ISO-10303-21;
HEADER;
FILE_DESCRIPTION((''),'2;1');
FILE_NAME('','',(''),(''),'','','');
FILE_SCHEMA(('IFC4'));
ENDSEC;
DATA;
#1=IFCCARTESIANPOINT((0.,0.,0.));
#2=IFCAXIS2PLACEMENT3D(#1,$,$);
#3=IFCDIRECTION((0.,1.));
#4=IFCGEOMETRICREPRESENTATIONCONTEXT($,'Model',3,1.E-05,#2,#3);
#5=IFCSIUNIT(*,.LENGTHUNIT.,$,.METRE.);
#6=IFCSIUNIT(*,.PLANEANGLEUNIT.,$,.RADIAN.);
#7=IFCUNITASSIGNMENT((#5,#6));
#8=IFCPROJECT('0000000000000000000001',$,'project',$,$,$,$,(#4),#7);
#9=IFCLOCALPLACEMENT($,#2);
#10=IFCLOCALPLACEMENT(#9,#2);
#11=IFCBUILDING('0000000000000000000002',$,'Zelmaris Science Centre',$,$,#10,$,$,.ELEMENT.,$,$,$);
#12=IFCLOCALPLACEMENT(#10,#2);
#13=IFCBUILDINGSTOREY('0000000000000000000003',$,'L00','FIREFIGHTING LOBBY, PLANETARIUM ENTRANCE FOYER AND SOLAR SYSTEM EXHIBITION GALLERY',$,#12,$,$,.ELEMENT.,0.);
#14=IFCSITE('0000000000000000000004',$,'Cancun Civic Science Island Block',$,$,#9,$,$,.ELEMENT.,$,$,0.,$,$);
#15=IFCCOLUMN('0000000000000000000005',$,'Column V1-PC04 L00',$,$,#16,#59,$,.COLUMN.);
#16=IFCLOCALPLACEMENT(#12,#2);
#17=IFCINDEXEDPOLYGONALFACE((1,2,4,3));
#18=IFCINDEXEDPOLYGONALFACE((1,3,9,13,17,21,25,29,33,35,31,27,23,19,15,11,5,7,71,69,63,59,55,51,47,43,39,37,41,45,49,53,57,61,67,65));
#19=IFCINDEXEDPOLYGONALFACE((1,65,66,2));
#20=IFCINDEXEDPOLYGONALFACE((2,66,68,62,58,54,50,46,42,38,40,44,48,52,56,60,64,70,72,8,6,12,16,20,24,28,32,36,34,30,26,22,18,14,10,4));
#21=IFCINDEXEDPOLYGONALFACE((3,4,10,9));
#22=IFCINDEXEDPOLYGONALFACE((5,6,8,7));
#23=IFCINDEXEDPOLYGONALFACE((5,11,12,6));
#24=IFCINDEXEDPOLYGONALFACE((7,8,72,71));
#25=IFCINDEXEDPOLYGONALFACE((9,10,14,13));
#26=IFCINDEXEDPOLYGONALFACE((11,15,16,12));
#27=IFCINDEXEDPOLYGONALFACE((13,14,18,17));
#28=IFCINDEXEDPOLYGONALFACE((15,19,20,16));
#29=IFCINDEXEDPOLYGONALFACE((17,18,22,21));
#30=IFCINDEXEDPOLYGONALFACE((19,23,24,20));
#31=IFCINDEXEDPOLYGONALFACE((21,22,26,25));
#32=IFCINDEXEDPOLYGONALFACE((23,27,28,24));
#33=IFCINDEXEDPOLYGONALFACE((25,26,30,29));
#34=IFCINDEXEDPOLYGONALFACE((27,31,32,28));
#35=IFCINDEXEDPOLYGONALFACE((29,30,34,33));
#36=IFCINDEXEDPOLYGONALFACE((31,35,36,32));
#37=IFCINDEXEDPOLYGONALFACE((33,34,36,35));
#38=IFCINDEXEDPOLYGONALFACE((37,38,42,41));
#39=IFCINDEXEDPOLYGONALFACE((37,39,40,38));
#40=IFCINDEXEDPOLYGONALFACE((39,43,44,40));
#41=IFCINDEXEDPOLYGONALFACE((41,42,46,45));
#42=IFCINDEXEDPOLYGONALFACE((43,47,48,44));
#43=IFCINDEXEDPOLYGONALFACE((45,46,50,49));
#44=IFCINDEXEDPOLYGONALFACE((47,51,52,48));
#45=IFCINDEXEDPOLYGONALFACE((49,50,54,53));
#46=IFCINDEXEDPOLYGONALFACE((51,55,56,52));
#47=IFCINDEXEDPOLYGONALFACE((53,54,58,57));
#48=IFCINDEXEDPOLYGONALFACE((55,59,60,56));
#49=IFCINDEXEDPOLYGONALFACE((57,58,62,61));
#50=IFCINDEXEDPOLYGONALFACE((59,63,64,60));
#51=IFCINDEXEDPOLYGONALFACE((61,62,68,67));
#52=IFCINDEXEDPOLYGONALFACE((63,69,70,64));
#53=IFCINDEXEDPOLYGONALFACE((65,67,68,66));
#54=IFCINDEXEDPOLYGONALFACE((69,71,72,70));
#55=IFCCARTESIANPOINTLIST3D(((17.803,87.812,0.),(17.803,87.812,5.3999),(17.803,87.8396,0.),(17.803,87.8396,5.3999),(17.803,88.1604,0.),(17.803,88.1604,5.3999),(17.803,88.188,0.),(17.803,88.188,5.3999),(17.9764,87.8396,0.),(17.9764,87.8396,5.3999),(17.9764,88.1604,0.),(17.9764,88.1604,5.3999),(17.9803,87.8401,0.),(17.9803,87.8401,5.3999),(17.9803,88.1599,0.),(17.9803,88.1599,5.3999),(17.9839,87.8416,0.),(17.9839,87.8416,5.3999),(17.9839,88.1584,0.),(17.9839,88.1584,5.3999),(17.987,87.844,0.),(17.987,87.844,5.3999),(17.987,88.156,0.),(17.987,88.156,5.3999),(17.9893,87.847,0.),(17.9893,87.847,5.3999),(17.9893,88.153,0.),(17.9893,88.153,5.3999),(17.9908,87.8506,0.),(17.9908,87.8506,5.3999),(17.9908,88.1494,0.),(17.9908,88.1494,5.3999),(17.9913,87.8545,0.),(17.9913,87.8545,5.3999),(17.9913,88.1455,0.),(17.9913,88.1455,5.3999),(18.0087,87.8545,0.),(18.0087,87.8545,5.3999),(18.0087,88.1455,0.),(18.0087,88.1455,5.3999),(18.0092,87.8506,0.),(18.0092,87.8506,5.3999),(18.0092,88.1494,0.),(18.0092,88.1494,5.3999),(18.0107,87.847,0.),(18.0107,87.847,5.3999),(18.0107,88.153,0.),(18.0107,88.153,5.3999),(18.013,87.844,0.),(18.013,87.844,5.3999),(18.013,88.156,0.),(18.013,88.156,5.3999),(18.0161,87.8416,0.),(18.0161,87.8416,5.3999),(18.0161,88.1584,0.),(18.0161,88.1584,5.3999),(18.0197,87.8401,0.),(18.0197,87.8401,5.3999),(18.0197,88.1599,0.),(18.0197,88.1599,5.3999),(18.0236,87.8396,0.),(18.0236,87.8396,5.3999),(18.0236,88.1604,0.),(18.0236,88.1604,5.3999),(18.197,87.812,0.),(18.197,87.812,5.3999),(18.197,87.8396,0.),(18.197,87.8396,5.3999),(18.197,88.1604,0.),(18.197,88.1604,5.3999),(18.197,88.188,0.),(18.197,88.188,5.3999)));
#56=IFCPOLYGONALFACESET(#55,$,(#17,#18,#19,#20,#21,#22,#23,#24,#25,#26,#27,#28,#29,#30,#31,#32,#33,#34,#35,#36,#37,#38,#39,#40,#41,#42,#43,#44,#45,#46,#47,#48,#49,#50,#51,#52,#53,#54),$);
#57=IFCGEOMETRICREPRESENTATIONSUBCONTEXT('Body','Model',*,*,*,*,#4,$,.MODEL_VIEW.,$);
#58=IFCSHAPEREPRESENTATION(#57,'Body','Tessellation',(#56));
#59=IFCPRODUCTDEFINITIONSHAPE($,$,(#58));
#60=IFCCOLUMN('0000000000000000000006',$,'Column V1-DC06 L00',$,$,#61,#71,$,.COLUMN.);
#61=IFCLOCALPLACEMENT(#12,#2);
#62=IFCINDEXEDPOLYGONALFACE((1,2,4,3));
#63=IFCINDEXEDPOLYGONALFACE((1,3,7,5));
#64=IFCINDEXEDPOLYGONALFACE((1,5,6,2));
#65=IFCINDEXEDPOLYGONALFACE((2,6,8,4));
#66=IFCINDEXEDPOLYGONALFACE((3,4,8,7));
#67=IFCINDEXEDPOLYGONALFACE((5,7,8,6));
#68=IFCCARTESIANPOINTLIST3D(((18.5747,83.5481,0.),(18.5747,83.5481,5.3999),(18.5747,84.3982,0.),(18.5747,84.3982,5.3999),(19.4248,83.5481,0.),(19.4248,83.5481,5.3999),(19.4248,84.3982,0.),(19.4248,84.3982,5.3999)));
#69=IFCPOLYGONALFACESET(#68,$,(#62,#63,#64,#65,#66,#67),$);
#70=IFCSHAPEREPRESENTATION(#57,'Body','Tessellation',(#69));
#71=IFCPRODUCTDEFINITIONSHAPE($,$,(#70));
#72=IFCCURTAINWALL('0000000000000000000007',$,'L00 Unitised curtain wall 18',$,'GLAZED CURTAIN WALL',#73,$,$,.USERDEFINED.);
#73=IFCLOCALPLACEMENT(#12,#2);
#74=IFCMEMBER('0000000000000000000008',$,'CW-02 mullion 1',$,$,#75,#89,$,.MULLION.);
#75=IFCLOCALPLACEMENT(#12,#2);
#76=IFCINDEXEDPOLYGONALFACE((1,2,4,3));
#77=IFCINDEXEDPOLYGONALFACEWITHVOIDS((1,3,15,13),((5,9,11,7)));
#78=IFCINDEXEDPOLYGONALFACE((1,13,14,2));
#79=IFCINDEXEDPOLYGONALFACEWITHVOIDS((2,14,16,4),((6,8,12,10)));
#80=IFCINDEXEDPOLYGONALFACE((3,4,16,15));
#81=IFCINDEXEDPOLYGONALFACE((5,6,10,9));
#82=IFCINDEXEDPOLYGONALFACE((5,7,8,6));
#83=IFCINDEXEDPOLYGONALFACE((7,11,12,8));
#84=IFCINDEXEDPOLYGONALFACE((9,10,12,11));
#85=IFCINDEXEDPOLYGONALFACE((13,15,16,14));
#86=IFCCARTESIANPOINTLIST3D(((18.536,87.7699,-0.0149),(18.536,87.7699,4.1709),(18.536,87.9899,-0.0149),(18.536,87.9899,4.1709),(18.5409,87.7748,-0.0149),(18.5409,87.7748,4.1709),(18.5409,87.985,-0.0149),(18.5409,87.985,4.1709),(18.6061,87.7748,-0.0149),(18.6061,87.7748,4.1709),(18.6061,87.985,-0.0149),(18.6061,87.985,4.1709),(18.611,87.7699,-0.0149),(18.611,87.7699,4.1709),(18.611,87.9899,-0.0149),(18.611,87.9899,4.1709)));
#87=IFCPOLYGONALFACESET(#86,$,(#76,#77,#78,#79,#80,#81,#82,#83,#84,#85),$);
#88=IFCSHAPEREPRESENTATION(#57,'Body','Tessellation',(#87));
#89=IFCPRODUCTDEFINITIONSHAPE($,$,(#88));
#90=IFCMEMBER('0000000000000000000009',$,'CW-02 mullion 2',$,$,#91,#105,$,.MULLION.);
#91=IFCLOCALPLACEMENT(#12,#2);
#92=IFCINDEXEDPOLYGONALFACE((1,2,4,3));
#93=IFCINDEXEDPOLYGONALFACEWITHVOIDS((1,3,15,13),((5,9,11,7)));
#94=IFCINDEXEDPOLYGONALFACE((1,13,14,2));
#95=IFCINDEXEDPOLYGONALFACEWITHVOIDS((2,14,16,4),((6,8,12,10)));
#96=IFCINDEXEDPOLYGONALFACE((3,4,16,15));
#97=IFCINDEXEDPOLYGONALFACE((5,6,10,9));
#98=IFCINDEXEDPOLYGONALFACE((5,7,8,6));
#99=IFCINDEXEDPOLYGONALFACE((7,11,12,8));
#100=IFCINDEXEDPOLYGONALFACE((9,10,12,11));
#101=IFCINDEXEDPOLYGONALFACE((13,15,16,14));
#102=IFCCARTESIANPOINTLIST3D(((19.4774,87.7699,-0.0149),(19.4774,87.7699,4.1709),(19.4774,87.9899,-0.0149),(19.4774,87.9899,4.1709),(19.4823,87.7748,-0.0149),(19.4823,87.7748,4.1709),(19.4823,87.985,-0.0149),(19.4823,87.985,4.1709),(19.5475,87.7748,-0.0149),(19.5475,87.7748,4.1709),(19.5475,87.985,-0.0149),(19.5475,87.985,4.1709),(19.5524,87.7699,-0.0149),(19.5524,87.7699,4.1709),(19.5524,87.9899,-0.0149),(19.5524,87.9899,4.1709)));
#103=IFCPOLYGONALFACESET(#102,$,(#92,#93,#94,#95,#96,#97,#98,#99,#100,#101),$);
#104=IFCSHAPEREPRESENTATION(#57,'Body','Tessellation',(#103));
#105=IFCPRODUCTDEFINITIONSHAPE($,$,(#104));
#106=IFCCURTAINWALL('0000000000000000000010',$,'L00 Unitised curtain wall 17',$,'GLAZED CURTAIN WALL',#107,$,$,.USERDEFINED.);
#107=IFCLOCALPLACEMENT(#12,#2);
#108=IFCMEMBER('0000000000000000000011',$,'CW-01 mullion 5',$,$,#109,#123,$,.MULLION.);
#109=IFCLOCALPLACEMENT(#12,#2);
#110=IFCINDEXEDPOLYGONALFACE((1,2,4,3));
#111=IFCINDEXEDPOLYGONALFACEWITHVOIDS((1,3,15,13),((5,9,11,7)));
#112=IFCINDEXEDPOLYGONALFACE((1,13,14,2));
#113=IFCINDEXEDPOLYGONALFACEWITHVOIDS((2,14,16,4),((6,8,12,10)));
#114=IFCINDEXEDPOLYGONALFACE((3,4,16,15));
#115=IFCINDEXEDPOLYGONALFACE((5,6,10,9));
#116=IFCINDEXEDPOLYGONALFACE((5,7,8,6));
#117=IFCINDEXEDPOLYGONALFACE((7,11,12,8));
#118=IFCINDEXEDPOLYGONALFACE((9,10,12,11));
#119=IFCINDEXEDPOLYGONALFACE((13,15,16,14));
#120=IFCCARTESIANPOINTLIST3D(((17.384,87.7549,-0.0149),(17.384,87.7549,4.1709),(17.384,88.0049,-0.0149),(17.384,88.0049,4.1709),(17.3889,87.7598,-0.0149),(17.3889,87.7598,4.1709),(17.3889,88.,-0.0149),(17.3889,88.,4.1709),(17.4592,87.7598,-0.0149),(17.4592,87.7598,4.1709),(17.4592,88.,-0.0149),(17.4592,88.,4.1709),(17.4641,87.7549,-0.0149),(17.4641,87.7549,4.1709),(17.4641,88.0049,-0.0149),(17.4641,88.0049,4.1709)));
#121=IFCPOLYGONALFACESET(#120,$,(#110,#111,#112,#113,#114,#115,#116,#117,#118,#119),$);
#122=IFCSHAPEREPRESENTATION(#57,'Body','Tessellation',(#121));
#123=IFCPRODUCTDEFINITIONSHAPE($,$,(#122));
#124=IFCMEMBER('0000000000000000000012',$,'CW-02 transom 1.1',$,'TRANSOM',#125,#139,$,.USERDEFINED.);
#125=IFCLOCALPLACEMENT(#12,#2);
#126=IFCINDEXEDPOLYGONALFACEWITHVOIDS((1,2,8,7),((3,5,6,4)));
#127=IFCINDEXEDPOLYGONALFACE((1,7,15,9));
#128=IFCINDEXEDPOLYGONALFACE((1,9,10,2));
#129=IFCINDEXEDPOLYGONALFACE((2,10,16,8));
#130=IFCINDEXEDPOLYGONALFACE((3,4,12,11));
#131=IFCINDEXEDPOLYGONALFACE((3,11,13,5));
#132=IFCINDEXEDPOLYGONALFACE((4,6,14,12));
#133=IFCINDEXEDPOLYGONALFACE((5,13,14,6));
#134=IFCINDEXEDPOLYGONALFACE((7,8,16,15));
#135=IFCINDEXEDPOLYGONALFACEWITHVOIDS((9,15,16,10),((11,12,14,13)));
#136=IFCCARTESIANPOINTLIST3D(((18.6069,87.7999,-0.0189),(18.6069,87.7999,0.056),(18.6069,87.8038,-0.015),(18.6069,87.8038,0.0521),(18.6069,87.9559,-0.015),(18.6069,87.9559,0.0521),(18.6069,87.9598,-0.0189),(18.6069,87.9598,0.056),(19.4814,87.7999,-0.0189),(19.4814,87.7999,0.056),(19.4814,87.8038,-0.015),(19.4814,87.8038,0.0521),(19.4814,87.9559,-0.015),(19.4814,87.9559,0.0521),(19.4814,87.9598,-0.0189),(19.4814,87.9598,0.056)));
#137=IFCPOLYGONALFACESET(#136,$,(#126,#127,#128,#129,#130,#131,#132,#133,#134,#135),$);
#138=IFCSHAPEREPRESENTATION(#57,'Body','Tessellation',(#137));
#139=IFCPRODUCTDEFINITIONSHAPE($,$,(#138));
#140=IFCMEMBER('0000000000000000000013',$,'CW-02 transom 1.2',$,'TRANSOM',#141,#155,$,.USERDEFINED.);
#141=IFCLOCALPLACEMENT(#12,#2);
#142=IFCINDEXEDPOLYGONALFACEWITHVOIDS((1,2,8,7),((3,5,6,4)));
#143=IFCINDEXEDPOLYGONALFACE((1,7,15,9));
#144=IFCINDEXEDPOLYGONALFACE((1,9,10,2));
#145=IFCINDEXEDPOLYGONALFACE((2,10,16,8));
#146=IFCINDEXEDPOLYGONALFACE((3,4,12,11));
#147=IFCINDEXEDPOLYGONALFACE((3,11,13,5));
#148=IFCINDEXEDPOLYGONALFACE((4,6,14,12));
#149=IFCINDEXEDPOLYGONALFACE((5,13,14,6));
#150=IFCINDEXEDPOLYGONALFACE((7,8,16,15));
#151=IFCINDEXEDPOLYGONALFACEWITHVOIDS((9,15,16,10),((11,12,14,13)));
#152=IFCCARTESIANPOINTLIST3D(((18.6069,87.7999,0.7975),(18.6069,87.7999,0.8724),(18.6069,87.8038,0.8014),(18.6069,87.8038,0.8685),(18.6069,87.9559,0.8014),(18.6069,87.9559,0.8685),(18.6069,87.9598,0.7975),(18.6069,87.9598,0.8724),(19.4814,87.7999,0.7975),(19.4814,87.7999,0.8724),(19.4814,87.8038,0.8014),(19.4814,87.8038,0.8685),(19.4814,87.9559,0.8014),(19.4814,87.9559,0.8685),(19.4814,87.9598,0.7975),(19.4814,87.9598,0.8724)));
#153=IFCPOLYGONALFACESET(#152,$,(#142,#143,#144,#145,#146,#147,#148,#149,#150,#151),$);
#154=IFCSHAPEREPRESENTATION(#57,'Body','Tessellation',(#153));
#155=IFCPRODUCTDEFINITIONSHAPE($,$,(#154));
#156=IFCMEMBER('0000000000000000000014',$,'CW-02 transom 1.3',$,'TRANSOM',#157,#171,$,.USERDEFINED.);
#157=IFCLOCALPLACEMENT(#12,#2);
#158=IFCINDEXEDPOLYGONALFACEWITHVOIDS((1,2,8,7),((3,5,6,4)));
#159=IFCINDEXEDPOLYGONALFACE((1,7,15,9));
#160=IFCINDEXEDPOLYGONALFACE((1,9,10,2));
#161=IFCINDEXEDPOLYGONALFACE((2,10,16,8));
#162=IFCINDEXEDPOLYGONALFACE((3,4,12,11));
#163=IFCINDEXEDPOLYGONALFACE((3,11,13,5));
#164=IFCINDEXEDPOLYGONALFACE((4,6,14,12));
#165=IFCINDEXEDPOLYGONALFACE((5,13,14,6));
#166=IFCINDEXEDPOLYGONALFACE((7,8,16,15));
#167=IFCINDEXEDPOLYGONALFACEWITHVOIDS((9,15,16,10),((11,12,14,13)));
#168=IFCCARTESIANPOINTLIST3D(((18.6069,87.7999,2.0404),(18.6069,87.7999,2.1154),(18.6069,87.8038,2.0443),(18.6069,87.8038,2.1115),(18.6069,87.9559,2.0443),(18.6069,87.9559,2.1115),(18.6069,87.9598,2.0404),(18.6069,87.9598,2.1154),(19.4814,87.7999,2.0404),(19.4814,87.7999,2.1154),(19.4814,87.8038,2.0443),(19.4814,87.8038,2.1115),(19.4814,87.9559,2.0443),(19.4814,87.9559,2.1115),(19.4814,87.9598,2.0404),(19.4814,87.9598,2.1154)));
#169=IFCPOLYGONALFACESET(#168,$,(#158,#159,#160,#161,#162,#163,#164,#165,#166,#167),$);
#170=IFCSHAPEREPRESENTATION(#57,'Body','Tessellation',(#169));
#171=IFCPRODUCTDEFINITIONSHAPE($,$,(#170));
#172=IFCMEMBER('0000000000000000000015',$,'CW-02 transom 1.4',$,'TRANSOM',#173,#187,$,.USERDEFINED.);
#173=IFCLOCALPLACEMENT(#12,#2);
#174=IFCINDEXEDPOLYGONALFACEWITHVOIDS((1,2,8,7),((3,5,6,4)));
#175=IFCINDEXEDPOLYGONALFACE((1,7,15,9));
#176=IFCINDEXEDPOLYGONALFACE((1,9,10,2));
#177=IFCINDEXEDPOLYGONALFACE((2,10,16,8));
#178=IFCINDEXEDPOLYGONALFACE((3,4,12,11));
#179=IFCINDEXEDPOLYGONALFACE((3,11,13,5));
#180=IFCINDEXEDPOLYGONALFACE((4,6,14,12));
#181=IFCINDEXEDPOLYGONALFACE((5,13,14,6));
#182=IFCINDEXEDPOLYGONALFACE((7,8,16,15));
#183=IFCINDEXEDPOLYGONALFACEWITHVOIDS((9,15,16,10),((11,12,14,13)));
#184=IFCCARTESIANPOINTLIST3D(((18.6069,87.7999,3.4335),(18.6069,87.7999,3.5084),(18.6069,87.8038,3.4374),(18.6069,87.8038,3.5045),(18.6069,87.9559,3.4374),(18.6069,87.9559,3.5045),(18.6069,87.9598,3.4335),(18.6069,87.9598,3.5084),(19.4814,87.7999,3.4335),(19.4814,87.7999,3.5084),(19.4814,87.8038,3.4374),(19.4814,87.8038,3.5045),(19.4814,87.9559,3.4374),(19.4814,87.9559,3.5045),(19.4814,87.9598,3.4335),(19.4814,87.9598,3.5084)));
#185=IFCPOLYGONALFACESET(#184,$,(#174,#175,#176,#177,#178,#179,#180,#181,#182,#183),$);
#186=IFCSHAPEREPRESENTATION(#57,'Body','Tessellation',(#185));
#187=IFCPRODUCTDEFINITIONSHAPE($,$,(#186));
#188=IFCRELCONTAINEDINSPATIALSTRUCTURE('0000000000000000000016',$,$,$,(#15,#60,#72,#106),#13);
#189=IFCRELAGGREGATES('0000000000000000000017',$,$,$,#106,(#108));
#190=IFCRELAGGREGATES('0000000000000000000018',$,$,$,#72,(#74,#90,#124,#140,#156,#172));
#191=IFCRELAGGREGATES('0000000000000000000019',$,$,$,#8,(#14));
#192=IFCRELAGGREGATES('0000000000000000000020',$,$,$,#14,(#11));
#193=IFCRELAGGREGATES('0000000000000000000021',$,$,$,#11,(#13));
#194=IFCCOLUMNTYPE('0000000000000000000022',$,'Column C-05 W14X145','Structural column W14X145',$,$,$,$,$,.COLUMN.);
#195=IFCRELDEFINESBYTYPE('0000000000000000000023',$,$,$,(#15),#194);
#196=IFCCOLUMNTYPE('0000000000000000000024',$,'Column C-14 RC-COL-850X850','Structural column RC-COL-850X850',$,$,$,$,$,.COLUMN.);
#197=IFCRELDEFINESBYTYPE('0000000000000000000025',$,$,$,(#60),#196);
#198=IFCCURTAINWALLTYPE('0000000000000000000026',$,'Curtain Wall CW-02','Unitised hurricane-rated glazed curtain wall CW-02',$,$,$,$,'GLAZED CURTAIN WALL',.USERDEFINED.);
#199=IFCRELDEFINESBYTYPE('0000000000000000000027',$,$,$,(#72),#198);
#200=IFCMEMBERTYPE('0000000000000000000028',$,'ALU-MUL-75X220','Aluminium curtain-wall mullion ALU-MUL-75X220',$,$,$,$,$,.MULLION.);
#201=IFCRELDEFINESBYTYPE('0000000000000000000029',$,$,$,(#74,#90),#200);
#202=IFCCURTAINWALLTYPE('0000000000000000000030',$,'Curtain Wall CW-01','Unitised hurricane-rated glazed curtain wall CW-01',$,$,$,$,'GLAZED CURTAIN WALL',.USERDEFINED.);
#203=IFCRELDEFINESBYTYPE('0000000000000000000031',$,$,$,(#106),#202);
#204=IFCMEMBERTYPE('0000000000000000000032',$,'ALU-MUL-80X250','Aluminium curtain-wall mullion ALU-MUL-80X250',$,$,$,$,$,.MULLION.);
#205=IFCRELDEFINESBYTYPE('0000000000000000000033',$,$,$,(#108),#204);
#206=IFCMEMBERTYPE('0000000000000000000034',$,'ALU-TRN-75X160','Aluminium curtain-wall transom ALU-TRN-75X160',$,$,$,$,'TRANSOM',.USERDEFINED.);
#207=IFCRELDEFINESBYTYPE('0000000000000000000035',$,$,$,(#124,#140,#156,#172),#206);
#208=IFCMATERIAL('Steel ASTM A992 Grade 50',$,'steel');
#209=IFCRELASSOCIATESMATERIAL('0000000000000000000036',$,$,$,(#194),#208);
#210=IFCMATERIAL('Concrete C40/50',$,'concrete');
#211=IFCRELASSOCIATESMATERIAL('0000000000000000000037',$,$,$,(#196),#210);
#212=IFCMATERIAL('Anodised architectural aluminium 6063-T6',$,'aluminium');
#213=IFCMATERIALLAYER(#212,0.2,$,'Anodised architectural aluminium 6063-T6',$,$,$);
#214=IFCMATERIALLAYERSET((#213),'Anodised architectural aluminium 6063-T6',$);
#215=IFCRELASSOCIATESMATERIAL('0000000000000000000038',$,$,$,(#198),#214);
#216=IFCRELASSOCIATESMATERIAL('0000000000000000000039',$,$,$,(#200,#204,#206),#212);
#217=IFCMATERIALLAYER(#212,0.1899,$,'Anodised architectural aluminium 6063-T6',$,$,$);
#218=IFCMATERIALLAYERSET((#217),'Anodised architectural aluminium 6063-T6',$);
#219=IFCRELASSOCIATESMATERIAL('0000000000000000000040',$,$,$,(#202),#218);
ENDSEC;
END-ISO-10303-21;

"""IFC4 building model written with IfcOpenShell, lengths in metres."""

from ifc_helpers import new_model, si_unit, direction, frame, origin, origin_2d, place, context, subcontext, project, spatial, rectangle, hollow_rectangle, i_section, extrude, material, layer, layer_set, material_profile, profile_set, type_object, element, aggregate, save


model = new_model("IFC4")

# Units and contexts
model_context = context("Model", 3, precision=1e-05, world=origin(), true_north=direction((0.0, 1.0)))
body_context = subcontext(model_context, "Body", "Model", "MODEL_VIEW")
ifc_project = project(units=[si_unit("LENGTHUNIT", "METRE"), si_unit("PLANEANGLEUNIT", "RADIAN")], contexts=[model_context])

# Site, building, storey
site_placement = place(None, origin())
site = spatial("IfcSite", under=ifc_project, at=site_placement, Name="Cancun Civic Science Island Block", CompositionType="ELEMENT", RefElevation=0.0)
building_placement = place(site_placement, origin())
building = spatial("IfcBuilding", under=site, at=building_placement, Name="Zelmaris Science Centre", CompositionType="ELEMENT")
storey_placement = place(building_placement, origin())
storey = spatial("IfcBuildingStorey", under=building, at=storey_placement, Name="L00", Description="FIREFIGHTING LOBBY, PLANETARIUM ENTRANCE FOYER AND SOLAR SYSTEM EXHIBITION GALLERY", CompositionType="ELEMENT", Elevation=0.0)

# Columns
ifc_material_1 = material(Name="Steel ASTM A992 Grade 50", Category="steel")
ifc_material_profile_1 = material_profile(ifc_material_1, i_section(OverallWidth=0.394, OverallDepth=0.376, WebThickness=0.0173, FlangeThickness=0.0276, FilletRadius=0.0149, at=origin_2d()), Name="W14X145")
ifc_profile_set_1 = profile_set([ifc_material_profile_1], Name="Steel ASTM A992 Grade 50")
column_type_1 = type_object("IfcColumnType", Name="Column C-05 W14X145", Description="Structural column W14X145", PredefinedType="COLUMN", material=ifc_profile_set_1)
column_1_placement = place(storey_placement, frame((18.0, 88.0, 0.0), z_axis=(0.0, 0.0, 1.0), x_axis=(1.0, 0.0, 0.0)))
element("IfcColumn", 1, at=column_1_placement, inside=storey, type_object=column_type_1, Name="Column V1-PC04 L00", PredefinedType="COLUMN", context=body_context, shape_type="SweptSolid", body=[
    extrude(i_section(OverallWidth=0.394, OverallDepth=0.376, WebThickness=0.0173, FlangeThickness=0.0276, FilletRadius=0.0149, at=origin_2d()), origin(), (0.0, 0.0, 1.0), 5.3999),
])
ifc_material_2 = material(Name="Concrete C40/50", Category="concrete")
ifc_material_profile_2 = material_profile(ifc_material_2, rectangle(XDim=0.8501, YDim=0.8501, at=origin_2d()), Name="RC-COL-850X850")
ifc_profile_set_2 = profile_set([ifc_material_profile_2], Name="Concrete C40/50")
column_type_2 = type_object("IfcColumnType", Name="Column C-14 RC-COL-850X850", Description="Structural column RC-COL-850X850", PredefinedType="COLUMN", material=ifc_profile_set_2)
column_2_placement = place(storey_placement, frame((18.9998, 83.9731, 0.0), z_axis=(0.0, 0.0, 1.0), x_axis=(1.0, 0.0, 0.0)))
element("IfcColumn", 2, at=column_2_placement, inside=storey, type_object=column_type_2, Name="Column V1-DC06 L00", PredefinedType="COLUMN", context=body_context, shape_type="SweptSolid", body=[
    extrude(rectangle(XDim=0.8501, YDim=0.8501, at=origin_2d()), origin(), (0.0, 0.0, 1.0), 5.3999),
])

# Curtain wall, members
ifc_material_3 = material(Name="Anodised architectural aluminium 6063-T6", Category="aluminium")
ifc_layer_1 = layer(ifc_material_3, 0.2, Name="Anodised architectural aluminium 6063-T6")
ifc_layer_set_1 = layer_set([ifc_layer_1], Name="Anodised architectural aluminium 6063-T6")
curtain_wall_type_1 = type_object("IfcCurtainWallType", Name="Curtain Wall CW-02", Description="Unitised hurricane-rated glazed curtain wall CW-02", ElementType="GLAZED CURTAIN WALL", PredefinedType="USERDEFINED", material=ifc_layer_set_1)
curtain_wall_1_placement = place(storey_placement, origin())
curtain_wall_1 = element("IfcCurtainWall", 3, at=curtain_wall_1_placement, inside=storey, type_object=curtain_wall_type_1, Name="L00 Unitised curtain wall 18", ObjectType="GLAZED CURTAIN WALL", PredefinedType="USERDEFINED")
ifc_material_profile_3 = material_profile(ifc_material_3, hollow_rectangle(XDim=0.075, YDim=0.22, WallThickness=0.0049, at=origin_2d()), Name="ALU-MUL-75X220")
ifc_profile_set_3 = profile_set([ifc_material_profile_3], Name="Anodised architectural aluminium 6063-T6")
member_type_1 = type_object("IfcMemberType", Name="ALU-MUL-75X220", Description="Aluminium curtain-wall mullion ALU-MUL-75X220", PredefinedType="MULLION", material=ifc_profile_set_3)
member_1_placement = place(storey_placement, frame((18.5735, 87.8799, -0.0149), z_axis=(0.0, 0.0, 1.0), x_axis=(1.0, 0.0, 0.0)))
member_1 = element("IfcMember", 4, at=member_1_placement, type_object=member_type_1, Name="CW-02 mullion 1", PredefinedType="MULLION", context=body_context, shape_type="SweptSolid", body=[
    extrude(hollow_rectangle(XDim=0.075, YDim=0.22, WallThickness=0.0049, at=origin_2d()), origin(), (0.0, 0.0, 1.0), 4.1858),
])
member_2_placement = place(storey_placement, frame((19.5149, 87.8799, -0.0149), z_axis=(0.0, 0.0, 1.0), x_axis=(1.0, 0.0, 0.0)))
member_2 = element("IfcMember", 5, at=member_2_placement, type_object=member_type_1, Name="CW-02 mullion 2", PredefinedType="MULLION", context=body_context, shape_type="SweptSolid", body=[
    extrude(hollow_rectangle(XDim=0.075, YDim=0.22, WallThickness=0.0049, at=origin_2d()), origin(), (0.0, 0.0, 1.0), 4.1858),
])

# Curtain wall, member
ifc_layer_2 = layer(ifc_material_3, 0.1899, Name="Anodised architectural aluminium 6063-T6")
ifc_layer_set_2 = layer_set([ifc_layer_2], Name="Anodised architectural aluminium 6063-T6")
curtain_wall_type_2 = type_object("IfcCurtainWallType", Name="Curtain Wall CW-01", Description="Unitised hurricane-rated glazed curtain wall CW-01", ElementType="GLAZED CURTAIN WALL", PredefinedType="USERDEFINED", material=ifc_layer_set_2)
curtain_wall_2_placement = place(storey_placement, origin())
curtain_wall_2 = element("IfcCurtainWall", 6, at=curtain_wall_2_placement, inside=storey, type_object=curtain_wall_type_2, Name="L00 Unitised curtain wall 17", ObjectType="GLAZED CURTAIN WALL", PredefinedType="USERDEFINED")
ifc_material_profile_4 = material_profile(ifc_material_3, hollow_rectangle(XDim=0.0801, YDim=0.25, WallThickness=0.0049, at=origin_2d()), Name="ALU-MUL-80X250")
ifc_profile_set_4 = profile_set([ifc_material_profile_4], Name="Anodised architectural aluminium 6063-T6")
member_type_2 = type_object("IfcMemberType", Name="ALU-MUL-80X250", Description="Aluminium curtain-wall mullion ALU-MUL-80X250", PredefinedType="MULLION", material=ifc_profile_set_4)
member_3_placement = place(storey_placement, frame((17.4241, 87.8799, -0.0149), z_axis=(0.0, 0.0, 1.0), x_axis=(1.0, 0.0, 0.0)))
member_3 = element("IfcMember", 7, at=member_3_placement, type_object=member_type_2, Name="CW-01 mullion 5", PredefinedType="MULLION", context=body_context, shape_type="SweptSolid", body=[
    extrude(hollow_rectangle(XDim=0.0801, YDim=0.25, WallThickness=0.0049, at=origin_2d()), origin(), (0.0, 0.0, 1.0), 4.1858),
])

# Members
ifc_material_profile_5 = material_profile(ifc_material_3, hollow_rectangle(XDim=0.075, YDim=0.1599, WallThickness=0.0039, at=origin_2d()), Name="ALU-TRN-75X160")
ifc_profile_set_5 = profile_set([ifc_material_profile_5], Name="Anodised architectural aluminium 6063-T6")
member_type_3 = type_object("IfcMemberType", Name="ALU-TRN-75X160", Description="Aluminium curtain-wall transom ALU-TRN-75X160", ElementType="TRANSOM", PredefinedType="USERDEFINED", material=ifc_profile_set_5)
member_4_placement = place(storey_placement, frame((18.6069, 87.8799, 0.0186), z_axis=(1.0, 0.0, 0.0), x_axis=(0.0, 0.0, 1.0)))
member_4 = element("IfcMember", 8, at=member_4_placement, type_object=member_type_3, Name="CW-02 transom 1.1", ObjectType="TRANSOM", PredefinedType="USERDEFINED", context=body_context, shape_type="SweptSolid", body=[
    extrude(hollow_rectangle(XDim=0.075, YDim=0.1599, WallThickness=0.0039, at=origin_2d()), origin(), (0.0, 0.0, 1.0), 0.8745),
])
member_5_placement = place(storey_placement, frame((18.6069, 87.8799, 0.835), z_axis=(1.0, 0.0, 0.0), x_axis=(0.0, 0.0, 1.0)))
member_5 = element("IfcMember", 9, at=member_5_placement, type_object=member_type_3, Name="CW-02 transom 1.2", ObjectType="TRANSOM", PredefinedType="USERDEFINED", context=body_context, shape_type="SweptSolid", body=[
    extrude(hollow_rectangle(XDim=0.075, YDim=0.1599, WallThickness=0.0039, at=origin_2d()), origin(), (0.0, 0.0, 1.0), 0.8745),
])
member_6_placement = place(storey_placement, frame((18.6069, 87.8799, 2.0779), z_axis=(1.0, 0.0, 0.0), x_axis=(0.0, 0.0, 1.0)))
member_6 = element("IfcMember", 10, at=member_6_placement, type_object=member_type_3, Name="CW-02 transom 1.3", ObjectType="TRANSOM", PredefinedType="USERDEFINED", context=body_context, shape_type="SweptSolid", body=[
    extrude(hollow_rectangle(XDim=0.075, YDim=0.1599, WallThickness=0.0039, at=origin_2d()), origin(), (0.0, 0.0, 1.0), 0.8745),
])
member_7_placement = place(storey_placement, frame((18.6069, 87.8799, 3.4709), z_axis=(1.0, 0.0, 0.0), x_axis=(0.0, 0.0, 1.0)))
member_7 = element("IfcMember", 11, at=member_7_placement, type_object=member_type_3, Name="CW-02 transom 1.4", ObjectType="TRANSOM", PredefinedType="USERDEFINED", context=body_context, shape_type="SweptSolid", body=[
    extrude(hollow_rectangle(XDim=0.075, YDim=0.1599, WallThickness=0.0039, at=origin_2d()), origin(), (0.0, 0.0, 1.0), 0.8745),
])

aggregate(curtain_wall_2, [member_3])
aggregate(curtain_wall_1, [member_1, member_2, member_4, member_5, member_6, member_7])

save(model, "model.ifc")
